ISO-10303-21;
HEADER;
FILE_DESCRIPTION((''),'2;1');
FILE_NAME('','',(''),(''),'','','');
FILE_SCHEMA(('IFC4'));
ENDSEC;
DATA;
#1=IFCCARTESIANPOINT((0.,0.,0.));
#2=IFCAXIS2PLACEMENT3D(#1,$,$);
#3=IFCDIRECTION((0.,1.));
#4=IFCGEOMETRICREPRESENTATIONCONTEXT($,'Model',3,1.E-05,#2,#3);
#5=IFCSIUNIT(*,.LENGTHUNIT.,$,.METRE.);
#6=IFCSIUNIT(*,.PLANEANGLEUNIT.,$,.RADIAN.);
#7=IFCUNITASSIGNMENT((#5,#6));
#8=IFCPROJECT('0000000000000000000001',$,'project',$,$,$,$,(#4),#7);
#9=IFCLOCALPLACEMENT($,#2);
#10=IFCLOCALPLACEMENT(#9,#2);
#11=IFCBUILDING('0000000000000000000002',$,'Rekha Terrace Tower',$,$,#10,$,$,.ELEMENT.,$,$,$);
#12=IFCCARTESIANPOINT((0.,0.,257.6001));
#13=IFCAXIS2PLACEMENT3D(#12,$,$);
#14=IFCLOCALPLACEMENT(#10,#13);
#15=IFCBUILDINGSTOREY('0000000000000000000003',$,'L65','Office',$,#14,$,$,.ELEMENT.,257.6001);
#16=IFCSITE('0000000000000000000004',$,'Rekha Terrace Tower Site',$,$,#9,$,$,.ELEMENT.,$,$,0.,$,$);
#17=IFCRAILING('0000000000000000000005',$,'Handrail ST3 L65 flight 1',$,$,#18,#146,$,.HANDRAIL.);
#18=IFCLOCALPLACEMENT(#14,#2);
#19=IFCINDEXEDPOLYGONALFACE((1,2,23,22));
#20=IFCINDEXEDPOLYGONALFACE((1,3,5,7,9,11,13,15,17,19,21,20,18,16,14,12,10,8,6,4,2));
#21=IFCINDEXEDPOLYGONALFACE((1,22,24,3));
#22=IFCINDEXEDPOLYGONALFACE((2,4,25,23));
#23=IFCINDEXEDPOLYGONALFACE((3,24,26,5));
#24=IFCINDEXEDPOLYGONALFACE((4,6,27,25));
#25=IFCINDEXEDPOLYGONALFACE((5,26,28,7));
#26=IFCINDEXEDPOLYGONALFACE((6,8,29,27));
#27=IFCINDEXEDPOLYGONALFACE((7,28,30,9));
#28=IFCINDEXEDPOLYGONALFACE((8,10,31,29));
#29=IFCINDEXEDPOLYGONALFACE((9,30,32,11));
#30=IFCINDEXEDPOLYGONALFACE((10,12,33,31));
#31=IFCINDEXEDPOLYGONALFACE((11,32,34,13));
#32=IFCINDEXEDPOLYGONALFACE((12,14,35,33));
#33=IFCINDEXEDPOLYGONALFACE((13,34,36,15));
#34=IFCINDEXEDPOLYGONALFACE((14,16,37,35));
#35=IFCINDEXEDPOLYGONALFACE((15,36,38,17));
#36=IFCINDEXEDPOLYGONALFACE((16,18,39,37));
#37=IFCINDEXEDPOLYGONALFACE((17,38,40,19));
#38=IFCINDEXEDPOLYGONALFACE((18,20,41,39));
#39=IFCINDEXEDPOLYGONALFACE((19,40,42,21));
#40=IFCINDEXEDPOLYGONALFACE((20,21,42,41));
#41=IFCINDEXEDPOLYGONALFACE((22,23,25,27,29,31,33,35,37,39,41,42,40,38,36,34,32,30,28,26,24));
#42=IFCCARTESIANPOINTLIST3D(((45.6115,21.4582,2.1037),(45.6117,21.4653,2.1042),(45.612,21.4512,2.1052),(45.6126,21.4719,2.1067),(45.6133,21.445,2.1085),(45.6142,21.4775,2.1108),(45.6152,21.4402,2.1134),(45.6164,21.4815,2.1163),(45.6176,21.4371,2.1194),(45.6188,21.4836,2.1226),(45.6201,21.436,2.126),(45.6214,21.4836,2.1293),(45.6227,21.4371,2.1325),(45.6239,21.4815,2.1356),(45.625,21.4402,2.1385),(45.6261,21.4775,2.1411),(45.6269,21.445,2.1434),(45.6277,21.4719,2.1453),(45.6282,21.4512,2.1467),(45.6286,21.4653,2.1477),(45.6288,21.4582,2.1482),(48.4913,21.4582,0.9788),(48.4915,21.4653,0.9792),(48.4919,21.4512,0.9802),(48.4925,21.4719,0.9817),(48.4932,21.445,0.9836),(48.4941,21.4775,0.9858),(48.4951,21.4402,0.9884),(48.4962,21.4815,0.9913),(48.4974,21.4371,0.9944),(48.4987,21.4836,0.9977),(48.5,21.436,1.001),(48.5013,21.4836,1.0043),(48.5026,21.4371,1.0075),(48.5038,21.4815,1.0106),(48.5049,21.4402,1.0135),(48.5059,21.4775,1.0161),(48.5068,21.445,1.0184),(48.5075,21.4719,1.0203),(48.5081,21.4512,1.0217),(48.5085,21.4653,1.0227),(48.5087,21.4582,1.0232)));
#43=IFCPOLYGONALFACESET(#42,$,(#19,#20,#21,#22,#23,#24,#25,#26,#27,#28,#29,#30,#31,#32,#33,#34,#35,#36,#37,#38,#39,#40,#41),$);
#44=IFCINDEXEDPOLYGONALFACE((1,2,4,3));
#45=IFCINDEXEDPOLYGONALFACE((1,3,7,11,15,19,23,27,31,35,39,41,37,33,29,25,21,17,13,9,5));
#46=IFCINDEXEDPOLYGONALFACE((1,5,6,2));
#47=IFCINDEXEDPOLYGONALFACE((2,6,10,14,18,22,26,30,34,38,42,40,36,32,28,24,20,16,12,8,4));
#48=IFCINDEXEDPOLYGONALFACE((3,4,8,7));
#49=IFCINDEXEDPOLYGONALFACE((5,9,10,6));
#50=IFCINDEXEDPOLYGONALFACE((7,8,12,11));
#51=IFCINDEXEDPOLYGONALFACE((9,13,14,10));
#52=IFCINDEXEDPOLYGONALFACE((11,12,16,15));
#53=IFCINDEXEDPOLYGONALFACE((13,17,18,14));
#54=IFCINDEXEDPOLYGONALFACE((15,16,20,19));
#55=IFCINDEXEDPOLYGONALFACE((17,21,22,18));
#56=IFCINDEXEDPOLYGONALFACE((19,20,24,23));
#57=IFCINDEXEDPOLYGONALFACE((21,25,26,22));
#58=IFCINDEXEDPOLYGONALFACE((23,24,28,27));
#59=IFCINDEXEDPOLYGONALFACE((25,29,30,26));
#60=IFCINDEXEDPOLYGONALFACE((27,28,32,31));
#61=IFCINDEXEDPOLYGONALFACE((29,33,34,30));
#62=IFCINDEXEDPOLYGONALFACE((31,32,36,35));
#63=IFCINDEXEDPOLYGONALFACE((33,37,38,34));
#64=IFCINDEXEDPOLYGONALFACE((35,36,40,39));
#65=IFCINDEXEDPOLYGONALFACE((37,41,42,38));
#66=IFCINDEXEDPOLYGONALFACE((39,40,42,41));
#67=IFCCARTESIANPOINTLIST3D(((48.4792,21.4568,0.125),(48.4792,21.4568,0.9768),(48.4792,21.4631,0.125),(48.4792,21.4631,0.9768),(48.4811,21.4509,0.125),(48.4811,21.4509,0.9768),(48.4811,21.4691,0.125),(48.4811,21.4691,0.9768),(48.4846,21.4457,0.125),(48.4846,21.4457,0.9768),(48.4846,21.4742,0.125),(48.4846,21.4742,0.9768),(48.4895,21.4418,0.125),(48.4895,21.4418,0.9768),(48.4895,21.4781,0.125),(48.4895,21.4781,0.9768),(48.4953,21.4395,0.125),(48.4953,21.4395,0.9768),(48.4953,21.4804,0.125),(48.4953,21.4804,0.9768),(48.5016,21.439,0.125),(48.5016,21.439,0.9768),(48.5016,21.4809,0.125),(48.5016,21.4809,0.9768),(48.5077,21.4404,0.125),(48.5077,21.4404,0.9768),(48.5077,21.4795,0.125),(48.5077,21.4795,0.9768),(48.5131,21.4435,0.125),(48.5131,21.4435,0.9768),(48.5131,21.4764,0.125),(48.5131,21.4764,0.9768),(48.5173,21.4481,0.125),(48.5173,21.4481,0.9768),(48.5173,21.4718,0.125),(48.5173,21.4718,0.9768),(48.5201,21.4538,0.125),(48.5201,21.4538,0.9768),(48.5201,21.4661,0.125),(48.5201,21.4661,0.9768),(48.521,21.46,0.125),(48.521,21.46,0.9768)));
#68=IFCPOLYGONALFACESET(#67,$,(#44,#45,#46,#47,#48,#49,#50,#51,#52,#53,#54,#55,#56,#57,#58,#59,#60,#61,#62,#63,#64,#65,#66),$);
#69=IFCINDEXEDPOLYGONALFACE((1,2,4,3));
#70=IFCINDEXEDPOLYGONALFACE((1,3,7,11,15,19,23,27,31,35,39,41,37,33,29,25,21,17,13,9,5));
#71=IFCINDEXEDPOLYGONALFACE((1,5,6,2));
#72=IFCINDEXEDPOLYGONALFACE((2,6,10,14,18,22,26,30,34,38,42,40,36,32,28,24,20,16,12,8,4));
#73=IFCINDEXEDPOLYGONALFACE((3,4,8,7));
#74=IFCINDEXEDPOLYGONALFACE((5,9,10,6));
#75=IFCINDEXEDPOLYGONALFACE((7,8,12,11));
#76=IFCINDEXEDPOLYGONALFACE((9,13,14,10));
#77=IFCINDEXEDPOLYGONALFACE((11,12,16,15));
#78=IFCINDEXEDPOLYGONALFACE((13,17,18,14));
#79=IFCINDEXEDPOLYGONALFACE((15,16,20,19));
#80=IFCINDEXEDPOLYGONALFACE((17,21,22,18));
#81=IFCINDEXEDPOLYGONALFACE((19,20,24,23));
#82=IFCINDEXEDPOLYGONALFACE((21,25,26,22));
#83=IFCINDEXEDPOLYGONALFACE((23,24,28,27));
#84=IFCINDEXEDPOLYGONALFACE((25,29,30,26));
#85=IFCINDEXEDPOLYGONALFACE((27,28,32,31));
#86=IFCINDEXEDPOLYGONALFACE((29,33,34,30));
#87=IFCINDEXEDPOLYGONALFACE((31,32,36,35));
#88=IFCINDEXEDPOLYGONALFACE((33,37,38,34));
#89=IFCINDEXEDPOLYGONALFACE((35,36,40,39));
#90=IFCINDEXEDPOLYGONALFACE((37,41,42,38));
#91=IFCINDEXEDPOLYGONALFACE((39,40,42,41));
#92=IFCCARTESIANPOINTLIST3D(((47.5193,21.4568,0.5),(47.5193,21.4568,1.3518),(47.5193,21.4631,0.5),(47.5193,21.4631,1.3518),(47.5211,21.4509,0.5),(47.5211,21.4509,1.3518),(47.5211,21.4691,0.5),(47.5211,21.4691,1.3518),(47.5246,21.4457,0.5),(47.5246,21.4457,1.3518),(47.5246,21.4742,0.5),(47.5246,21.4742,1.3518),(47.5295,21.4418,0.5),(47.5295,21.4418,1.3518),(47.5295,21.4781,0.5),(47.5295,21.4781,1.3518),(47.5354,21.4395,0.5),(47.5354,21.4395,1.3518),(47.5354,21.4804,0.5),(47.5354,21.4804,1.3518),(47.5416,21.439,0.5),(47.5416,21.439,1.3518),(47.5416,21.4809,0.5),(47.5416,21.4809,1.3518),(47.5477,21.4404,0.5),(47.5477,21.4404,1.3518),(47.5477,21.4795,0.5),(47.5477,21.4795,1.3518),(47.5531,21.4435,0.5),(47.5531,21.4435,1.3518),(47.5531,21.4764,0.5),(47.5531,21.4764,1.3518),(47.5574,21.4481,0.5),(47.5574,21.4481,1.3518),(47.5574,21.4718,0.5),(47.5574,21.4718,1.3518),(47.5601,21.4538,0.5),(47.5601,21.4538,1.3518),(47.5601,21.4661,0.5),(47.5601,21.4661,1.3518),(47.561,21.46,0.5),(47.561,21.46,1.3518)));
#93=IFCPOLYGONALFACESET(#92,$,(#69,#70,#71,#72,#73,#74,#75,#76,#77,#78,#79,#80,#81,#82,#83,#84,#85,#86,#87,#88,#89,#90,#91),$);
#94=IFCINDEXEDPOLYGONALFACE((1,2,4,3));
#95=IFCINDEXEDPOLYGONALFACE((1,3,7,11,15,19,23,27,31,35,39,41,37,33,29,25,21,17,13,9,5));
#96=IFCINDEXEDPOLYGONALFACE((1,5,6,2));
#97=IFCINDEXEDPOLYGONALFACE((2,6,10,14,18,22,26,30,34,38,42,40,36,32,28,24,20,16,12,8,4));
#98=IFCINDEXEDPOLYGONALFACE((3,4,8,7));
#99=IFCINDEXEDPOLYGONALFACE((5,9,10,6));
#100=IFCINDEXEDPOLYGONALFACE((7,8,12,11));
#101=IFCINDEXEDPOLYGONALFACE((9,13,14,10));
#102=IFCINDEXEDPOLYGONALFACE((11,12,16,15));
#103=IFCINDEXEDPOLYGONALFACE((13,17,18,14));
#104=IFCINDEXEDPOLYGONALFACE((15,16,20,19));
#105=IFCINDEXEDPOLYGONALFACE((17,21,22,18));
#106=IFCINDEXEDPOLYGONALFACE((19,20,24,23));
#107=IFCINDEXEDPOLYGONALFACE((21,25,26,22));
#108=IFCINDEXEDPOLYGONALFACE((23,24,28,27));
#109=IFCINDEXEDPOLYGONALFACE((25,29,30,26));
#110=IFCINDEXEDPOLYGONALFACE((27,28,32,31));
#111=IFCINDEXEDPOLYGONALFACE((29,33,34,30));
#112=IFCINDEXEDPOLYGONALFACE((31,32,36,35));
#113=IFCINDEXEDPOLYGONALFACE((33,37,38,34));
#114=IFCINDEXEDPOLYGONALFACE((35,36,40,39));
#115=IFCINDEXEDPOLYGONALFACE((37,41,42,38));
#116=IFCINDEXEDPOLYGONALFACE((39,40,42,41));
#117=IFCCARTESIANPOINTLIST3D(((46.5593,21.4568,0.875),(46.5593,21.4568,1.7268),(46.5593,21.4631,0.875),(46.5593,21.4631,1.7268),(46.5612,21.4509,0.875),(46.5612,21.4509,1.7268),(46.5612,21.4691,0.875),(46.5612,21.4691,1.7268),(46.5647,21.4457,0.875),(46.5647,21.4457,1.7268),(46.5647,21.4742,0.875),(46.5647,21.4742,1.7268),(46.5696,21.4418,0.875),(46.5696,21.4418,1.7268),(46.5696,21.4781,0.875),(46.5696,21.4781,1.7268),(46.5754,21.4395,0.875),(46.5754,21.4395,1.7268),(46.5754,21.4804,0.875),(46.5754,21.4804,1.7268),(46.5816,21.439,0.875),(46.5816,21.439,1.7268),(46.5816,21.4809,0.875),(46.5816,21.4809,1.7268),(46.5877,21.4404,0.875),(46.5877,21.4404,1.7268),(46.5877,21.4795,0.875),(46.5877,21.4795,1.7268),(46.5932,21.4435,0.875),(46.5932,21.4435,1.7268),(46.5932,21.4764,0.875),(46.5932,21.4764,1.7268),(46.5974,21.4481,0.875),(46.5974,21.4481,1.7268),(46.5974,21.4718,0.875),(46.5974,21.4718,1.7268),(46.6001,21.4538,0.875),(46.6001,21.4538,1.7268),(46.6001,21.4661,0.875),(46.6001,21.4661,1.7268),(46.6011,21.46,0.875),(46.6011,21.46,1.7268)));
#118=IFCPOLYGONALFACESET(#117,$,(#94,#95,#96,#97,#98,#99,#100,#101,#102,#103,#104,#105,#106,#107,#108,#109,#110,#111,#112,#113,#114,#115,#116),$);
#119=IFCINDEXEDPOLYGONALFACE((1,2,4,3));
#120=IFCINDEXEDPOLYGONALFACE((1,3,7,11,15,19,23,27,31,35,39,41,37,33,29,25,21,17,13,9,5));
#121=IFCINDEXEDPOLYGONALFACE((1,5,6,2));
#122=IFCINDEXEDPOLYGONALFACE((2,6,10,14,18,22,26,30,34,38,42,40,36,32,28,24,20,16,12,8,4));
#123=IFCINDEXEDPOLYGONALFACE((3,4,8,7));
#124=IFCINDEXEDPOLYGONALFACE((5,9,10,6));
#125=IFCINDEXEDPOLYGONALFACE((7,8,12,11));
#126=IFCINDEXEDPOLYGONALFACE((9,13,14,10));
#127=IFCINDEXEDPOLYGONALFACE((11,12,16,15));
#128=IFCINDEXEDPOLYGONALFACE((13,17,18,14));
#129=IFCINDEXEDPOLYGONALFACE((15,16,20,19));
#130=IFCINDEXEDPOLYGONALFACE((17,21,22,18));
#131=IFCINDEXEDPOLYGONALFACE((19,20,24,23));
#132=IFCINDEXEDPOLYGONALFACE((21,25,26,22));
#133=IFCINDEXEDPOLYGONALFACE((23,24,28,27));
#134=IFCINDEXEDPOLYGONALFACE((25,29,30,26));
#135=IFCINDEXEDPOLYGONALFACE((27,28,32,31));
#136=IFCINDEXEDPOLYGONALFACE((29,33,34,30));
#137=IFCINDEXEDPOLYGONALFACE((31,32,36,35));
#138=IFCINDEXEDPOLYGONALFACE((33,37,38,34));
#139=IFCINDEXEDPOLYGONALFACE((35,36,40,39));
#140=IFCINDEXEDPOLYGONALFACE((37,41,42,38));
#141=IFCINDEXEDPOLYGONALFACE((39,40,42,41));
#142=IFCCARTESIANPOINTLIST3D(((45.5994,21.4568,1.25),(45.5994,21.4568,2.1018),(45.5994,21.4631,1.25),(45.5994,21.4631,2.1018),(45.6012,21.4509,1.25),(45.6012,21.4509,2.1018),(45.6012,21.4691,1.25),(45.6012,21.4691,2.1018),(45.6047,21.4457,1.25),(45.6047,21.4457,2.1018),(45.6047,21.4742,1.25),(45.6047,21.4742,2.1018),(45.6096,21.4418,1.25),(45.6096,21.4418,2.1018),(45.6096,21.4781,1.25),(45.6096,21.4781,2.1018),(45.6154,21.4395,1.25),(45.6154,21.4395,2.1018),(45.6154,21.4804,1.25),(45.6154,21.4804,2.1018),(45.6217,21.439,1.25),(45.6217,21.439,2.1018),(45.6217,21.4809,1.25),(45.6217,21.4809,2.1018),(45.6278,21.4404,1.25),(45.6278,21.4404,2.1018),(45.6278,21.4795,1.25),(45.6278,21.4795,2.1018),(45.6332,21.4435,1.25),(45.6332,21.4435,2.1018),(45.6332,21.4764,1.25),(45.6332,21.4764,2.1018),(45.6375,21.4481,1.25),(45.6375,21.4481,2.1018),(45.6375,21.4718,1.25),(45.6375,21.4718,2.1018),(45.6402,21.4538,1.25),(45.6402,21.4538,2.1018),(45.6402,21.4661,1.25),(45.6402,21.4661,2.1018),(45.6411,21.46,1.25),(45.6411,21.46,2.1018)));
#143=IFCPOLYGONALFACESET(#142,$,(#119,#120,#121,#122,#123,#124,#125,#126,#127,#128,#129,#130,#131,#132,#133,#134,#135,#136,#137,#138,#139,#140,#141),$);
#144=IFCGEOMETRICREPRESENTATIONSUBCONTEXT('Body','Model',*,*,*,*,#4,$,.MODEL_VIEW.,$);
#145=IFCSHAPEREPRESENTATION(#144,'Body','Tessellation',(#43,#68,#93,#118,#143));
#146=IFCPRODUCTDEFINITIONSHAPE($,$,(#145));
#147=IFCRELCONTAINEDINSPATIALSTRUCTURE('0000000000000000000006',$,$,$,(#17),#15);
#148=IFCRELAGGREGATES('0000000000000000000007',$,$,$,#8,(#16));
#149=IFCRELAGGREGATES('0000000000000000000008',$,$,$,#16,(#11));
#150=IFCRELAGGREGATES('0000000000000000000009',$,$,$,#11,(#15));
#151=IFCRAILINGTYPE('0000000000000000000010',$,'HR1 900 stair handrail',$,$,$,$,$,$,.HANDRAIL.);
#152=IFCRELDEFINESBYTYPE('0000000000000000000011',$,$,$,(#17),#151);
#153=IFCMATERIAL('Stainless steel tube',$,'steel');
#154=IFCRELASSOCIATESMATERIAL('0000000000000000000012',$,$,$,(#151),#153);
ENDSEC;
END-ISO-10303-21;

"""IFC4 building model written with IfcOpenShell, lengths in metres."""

from ifc_helpers import new_model, si_unit, direction, frame, origin, origin_2d, place, context, subcontext, project, spatial, circle, extrude, material, type_object, element, save


model = new_model("IFC4")

# Units and contexts
model_context = context("Model", 3, precision=1e-05, world=origin(), true_north=direction((0.0, 1.0)))
body_context = subcontext(model_context, "Body", "Model", "MODEL_VIEW")
ifc_project = project(units=[si_unit("LENGTHUNIT", "METRE"), si_unit("PLANEANGLEUNIT", "RADIAN")], contexts=[model_context])

# Site, building, storey
site_placement = place(None, origin())
site = spatial("IfcSite", under=ifc_project, at=site_placement, Name="Rekha Terrace Tower Site", CompositionType="ELEMENT", RefElevation=0.0)
building_placement = place(site_placement, origin())
building = spatial("IfcBuilding", under=site, at=building_placement, Name="Rekha Terrace Tower", CompositionType="ELEMENT")
storey_placement = place(building_placement, frame((0.0, 0.0, 257.6001)))
storey = spatial("IfcBuildingStorey", under=building, at=storey_placement, Name="L65", Description="Office", CompositionType="ELEMENT", Elevation=257.6001)

# Railing
ifc_material_1 = material(Name="Stainless steel tube", Category="steel")
railing_type_1 = type_object("IfcRailingType", Name="HR1 900 stair handrail", PredefinedType="HANDRAIL", material=ifc_material_1)
railing_1_placement = place(storey_placement, frame((48.5, 21.46, 0.125)))
element("IfcRailing", 1, at=railing_1_placement, inside=storey, type_object=railing_type_1, Name="Handrail ST3 L65 flight 1", PredefinedType="HANDRAIL", context=body_context, shape_type="SweptSolid", body=[
    extrude(circle(Radius=0.0239, at=origin_2d()), frame((0.0, 0.0, 0.876), z_axis=(-0.931452, 0.0, 0.363863), x_axis=(0.0, -1.0, 0.0)), (0.0, 0.0, 1.0), 3.0918),
    extrude(circle(Radius=0.021, at=origin_2d()), origin(), (0.0, 0.0, 1.0), 0.8518),
    extrude(circle(Radius=0.021, at=origin_2d()), frame((-0.96, 0.0, 0.375)), (0.0, 0.0, 1.0), 0.8518),
    extrude(circle(Radius=0.021, at=origin_2d()), frame((-1.9199, 0.0, 0.75)), (0.0, 0.0, 1.0), 0.8518),
    extrude(circle(Radius=0.021, at=origin_2d()), frame((-2.8799, 0.0, 1.125)), (0.0, 0.0, 1.0), 0.8518),
])

save(model, "model.ifc")
